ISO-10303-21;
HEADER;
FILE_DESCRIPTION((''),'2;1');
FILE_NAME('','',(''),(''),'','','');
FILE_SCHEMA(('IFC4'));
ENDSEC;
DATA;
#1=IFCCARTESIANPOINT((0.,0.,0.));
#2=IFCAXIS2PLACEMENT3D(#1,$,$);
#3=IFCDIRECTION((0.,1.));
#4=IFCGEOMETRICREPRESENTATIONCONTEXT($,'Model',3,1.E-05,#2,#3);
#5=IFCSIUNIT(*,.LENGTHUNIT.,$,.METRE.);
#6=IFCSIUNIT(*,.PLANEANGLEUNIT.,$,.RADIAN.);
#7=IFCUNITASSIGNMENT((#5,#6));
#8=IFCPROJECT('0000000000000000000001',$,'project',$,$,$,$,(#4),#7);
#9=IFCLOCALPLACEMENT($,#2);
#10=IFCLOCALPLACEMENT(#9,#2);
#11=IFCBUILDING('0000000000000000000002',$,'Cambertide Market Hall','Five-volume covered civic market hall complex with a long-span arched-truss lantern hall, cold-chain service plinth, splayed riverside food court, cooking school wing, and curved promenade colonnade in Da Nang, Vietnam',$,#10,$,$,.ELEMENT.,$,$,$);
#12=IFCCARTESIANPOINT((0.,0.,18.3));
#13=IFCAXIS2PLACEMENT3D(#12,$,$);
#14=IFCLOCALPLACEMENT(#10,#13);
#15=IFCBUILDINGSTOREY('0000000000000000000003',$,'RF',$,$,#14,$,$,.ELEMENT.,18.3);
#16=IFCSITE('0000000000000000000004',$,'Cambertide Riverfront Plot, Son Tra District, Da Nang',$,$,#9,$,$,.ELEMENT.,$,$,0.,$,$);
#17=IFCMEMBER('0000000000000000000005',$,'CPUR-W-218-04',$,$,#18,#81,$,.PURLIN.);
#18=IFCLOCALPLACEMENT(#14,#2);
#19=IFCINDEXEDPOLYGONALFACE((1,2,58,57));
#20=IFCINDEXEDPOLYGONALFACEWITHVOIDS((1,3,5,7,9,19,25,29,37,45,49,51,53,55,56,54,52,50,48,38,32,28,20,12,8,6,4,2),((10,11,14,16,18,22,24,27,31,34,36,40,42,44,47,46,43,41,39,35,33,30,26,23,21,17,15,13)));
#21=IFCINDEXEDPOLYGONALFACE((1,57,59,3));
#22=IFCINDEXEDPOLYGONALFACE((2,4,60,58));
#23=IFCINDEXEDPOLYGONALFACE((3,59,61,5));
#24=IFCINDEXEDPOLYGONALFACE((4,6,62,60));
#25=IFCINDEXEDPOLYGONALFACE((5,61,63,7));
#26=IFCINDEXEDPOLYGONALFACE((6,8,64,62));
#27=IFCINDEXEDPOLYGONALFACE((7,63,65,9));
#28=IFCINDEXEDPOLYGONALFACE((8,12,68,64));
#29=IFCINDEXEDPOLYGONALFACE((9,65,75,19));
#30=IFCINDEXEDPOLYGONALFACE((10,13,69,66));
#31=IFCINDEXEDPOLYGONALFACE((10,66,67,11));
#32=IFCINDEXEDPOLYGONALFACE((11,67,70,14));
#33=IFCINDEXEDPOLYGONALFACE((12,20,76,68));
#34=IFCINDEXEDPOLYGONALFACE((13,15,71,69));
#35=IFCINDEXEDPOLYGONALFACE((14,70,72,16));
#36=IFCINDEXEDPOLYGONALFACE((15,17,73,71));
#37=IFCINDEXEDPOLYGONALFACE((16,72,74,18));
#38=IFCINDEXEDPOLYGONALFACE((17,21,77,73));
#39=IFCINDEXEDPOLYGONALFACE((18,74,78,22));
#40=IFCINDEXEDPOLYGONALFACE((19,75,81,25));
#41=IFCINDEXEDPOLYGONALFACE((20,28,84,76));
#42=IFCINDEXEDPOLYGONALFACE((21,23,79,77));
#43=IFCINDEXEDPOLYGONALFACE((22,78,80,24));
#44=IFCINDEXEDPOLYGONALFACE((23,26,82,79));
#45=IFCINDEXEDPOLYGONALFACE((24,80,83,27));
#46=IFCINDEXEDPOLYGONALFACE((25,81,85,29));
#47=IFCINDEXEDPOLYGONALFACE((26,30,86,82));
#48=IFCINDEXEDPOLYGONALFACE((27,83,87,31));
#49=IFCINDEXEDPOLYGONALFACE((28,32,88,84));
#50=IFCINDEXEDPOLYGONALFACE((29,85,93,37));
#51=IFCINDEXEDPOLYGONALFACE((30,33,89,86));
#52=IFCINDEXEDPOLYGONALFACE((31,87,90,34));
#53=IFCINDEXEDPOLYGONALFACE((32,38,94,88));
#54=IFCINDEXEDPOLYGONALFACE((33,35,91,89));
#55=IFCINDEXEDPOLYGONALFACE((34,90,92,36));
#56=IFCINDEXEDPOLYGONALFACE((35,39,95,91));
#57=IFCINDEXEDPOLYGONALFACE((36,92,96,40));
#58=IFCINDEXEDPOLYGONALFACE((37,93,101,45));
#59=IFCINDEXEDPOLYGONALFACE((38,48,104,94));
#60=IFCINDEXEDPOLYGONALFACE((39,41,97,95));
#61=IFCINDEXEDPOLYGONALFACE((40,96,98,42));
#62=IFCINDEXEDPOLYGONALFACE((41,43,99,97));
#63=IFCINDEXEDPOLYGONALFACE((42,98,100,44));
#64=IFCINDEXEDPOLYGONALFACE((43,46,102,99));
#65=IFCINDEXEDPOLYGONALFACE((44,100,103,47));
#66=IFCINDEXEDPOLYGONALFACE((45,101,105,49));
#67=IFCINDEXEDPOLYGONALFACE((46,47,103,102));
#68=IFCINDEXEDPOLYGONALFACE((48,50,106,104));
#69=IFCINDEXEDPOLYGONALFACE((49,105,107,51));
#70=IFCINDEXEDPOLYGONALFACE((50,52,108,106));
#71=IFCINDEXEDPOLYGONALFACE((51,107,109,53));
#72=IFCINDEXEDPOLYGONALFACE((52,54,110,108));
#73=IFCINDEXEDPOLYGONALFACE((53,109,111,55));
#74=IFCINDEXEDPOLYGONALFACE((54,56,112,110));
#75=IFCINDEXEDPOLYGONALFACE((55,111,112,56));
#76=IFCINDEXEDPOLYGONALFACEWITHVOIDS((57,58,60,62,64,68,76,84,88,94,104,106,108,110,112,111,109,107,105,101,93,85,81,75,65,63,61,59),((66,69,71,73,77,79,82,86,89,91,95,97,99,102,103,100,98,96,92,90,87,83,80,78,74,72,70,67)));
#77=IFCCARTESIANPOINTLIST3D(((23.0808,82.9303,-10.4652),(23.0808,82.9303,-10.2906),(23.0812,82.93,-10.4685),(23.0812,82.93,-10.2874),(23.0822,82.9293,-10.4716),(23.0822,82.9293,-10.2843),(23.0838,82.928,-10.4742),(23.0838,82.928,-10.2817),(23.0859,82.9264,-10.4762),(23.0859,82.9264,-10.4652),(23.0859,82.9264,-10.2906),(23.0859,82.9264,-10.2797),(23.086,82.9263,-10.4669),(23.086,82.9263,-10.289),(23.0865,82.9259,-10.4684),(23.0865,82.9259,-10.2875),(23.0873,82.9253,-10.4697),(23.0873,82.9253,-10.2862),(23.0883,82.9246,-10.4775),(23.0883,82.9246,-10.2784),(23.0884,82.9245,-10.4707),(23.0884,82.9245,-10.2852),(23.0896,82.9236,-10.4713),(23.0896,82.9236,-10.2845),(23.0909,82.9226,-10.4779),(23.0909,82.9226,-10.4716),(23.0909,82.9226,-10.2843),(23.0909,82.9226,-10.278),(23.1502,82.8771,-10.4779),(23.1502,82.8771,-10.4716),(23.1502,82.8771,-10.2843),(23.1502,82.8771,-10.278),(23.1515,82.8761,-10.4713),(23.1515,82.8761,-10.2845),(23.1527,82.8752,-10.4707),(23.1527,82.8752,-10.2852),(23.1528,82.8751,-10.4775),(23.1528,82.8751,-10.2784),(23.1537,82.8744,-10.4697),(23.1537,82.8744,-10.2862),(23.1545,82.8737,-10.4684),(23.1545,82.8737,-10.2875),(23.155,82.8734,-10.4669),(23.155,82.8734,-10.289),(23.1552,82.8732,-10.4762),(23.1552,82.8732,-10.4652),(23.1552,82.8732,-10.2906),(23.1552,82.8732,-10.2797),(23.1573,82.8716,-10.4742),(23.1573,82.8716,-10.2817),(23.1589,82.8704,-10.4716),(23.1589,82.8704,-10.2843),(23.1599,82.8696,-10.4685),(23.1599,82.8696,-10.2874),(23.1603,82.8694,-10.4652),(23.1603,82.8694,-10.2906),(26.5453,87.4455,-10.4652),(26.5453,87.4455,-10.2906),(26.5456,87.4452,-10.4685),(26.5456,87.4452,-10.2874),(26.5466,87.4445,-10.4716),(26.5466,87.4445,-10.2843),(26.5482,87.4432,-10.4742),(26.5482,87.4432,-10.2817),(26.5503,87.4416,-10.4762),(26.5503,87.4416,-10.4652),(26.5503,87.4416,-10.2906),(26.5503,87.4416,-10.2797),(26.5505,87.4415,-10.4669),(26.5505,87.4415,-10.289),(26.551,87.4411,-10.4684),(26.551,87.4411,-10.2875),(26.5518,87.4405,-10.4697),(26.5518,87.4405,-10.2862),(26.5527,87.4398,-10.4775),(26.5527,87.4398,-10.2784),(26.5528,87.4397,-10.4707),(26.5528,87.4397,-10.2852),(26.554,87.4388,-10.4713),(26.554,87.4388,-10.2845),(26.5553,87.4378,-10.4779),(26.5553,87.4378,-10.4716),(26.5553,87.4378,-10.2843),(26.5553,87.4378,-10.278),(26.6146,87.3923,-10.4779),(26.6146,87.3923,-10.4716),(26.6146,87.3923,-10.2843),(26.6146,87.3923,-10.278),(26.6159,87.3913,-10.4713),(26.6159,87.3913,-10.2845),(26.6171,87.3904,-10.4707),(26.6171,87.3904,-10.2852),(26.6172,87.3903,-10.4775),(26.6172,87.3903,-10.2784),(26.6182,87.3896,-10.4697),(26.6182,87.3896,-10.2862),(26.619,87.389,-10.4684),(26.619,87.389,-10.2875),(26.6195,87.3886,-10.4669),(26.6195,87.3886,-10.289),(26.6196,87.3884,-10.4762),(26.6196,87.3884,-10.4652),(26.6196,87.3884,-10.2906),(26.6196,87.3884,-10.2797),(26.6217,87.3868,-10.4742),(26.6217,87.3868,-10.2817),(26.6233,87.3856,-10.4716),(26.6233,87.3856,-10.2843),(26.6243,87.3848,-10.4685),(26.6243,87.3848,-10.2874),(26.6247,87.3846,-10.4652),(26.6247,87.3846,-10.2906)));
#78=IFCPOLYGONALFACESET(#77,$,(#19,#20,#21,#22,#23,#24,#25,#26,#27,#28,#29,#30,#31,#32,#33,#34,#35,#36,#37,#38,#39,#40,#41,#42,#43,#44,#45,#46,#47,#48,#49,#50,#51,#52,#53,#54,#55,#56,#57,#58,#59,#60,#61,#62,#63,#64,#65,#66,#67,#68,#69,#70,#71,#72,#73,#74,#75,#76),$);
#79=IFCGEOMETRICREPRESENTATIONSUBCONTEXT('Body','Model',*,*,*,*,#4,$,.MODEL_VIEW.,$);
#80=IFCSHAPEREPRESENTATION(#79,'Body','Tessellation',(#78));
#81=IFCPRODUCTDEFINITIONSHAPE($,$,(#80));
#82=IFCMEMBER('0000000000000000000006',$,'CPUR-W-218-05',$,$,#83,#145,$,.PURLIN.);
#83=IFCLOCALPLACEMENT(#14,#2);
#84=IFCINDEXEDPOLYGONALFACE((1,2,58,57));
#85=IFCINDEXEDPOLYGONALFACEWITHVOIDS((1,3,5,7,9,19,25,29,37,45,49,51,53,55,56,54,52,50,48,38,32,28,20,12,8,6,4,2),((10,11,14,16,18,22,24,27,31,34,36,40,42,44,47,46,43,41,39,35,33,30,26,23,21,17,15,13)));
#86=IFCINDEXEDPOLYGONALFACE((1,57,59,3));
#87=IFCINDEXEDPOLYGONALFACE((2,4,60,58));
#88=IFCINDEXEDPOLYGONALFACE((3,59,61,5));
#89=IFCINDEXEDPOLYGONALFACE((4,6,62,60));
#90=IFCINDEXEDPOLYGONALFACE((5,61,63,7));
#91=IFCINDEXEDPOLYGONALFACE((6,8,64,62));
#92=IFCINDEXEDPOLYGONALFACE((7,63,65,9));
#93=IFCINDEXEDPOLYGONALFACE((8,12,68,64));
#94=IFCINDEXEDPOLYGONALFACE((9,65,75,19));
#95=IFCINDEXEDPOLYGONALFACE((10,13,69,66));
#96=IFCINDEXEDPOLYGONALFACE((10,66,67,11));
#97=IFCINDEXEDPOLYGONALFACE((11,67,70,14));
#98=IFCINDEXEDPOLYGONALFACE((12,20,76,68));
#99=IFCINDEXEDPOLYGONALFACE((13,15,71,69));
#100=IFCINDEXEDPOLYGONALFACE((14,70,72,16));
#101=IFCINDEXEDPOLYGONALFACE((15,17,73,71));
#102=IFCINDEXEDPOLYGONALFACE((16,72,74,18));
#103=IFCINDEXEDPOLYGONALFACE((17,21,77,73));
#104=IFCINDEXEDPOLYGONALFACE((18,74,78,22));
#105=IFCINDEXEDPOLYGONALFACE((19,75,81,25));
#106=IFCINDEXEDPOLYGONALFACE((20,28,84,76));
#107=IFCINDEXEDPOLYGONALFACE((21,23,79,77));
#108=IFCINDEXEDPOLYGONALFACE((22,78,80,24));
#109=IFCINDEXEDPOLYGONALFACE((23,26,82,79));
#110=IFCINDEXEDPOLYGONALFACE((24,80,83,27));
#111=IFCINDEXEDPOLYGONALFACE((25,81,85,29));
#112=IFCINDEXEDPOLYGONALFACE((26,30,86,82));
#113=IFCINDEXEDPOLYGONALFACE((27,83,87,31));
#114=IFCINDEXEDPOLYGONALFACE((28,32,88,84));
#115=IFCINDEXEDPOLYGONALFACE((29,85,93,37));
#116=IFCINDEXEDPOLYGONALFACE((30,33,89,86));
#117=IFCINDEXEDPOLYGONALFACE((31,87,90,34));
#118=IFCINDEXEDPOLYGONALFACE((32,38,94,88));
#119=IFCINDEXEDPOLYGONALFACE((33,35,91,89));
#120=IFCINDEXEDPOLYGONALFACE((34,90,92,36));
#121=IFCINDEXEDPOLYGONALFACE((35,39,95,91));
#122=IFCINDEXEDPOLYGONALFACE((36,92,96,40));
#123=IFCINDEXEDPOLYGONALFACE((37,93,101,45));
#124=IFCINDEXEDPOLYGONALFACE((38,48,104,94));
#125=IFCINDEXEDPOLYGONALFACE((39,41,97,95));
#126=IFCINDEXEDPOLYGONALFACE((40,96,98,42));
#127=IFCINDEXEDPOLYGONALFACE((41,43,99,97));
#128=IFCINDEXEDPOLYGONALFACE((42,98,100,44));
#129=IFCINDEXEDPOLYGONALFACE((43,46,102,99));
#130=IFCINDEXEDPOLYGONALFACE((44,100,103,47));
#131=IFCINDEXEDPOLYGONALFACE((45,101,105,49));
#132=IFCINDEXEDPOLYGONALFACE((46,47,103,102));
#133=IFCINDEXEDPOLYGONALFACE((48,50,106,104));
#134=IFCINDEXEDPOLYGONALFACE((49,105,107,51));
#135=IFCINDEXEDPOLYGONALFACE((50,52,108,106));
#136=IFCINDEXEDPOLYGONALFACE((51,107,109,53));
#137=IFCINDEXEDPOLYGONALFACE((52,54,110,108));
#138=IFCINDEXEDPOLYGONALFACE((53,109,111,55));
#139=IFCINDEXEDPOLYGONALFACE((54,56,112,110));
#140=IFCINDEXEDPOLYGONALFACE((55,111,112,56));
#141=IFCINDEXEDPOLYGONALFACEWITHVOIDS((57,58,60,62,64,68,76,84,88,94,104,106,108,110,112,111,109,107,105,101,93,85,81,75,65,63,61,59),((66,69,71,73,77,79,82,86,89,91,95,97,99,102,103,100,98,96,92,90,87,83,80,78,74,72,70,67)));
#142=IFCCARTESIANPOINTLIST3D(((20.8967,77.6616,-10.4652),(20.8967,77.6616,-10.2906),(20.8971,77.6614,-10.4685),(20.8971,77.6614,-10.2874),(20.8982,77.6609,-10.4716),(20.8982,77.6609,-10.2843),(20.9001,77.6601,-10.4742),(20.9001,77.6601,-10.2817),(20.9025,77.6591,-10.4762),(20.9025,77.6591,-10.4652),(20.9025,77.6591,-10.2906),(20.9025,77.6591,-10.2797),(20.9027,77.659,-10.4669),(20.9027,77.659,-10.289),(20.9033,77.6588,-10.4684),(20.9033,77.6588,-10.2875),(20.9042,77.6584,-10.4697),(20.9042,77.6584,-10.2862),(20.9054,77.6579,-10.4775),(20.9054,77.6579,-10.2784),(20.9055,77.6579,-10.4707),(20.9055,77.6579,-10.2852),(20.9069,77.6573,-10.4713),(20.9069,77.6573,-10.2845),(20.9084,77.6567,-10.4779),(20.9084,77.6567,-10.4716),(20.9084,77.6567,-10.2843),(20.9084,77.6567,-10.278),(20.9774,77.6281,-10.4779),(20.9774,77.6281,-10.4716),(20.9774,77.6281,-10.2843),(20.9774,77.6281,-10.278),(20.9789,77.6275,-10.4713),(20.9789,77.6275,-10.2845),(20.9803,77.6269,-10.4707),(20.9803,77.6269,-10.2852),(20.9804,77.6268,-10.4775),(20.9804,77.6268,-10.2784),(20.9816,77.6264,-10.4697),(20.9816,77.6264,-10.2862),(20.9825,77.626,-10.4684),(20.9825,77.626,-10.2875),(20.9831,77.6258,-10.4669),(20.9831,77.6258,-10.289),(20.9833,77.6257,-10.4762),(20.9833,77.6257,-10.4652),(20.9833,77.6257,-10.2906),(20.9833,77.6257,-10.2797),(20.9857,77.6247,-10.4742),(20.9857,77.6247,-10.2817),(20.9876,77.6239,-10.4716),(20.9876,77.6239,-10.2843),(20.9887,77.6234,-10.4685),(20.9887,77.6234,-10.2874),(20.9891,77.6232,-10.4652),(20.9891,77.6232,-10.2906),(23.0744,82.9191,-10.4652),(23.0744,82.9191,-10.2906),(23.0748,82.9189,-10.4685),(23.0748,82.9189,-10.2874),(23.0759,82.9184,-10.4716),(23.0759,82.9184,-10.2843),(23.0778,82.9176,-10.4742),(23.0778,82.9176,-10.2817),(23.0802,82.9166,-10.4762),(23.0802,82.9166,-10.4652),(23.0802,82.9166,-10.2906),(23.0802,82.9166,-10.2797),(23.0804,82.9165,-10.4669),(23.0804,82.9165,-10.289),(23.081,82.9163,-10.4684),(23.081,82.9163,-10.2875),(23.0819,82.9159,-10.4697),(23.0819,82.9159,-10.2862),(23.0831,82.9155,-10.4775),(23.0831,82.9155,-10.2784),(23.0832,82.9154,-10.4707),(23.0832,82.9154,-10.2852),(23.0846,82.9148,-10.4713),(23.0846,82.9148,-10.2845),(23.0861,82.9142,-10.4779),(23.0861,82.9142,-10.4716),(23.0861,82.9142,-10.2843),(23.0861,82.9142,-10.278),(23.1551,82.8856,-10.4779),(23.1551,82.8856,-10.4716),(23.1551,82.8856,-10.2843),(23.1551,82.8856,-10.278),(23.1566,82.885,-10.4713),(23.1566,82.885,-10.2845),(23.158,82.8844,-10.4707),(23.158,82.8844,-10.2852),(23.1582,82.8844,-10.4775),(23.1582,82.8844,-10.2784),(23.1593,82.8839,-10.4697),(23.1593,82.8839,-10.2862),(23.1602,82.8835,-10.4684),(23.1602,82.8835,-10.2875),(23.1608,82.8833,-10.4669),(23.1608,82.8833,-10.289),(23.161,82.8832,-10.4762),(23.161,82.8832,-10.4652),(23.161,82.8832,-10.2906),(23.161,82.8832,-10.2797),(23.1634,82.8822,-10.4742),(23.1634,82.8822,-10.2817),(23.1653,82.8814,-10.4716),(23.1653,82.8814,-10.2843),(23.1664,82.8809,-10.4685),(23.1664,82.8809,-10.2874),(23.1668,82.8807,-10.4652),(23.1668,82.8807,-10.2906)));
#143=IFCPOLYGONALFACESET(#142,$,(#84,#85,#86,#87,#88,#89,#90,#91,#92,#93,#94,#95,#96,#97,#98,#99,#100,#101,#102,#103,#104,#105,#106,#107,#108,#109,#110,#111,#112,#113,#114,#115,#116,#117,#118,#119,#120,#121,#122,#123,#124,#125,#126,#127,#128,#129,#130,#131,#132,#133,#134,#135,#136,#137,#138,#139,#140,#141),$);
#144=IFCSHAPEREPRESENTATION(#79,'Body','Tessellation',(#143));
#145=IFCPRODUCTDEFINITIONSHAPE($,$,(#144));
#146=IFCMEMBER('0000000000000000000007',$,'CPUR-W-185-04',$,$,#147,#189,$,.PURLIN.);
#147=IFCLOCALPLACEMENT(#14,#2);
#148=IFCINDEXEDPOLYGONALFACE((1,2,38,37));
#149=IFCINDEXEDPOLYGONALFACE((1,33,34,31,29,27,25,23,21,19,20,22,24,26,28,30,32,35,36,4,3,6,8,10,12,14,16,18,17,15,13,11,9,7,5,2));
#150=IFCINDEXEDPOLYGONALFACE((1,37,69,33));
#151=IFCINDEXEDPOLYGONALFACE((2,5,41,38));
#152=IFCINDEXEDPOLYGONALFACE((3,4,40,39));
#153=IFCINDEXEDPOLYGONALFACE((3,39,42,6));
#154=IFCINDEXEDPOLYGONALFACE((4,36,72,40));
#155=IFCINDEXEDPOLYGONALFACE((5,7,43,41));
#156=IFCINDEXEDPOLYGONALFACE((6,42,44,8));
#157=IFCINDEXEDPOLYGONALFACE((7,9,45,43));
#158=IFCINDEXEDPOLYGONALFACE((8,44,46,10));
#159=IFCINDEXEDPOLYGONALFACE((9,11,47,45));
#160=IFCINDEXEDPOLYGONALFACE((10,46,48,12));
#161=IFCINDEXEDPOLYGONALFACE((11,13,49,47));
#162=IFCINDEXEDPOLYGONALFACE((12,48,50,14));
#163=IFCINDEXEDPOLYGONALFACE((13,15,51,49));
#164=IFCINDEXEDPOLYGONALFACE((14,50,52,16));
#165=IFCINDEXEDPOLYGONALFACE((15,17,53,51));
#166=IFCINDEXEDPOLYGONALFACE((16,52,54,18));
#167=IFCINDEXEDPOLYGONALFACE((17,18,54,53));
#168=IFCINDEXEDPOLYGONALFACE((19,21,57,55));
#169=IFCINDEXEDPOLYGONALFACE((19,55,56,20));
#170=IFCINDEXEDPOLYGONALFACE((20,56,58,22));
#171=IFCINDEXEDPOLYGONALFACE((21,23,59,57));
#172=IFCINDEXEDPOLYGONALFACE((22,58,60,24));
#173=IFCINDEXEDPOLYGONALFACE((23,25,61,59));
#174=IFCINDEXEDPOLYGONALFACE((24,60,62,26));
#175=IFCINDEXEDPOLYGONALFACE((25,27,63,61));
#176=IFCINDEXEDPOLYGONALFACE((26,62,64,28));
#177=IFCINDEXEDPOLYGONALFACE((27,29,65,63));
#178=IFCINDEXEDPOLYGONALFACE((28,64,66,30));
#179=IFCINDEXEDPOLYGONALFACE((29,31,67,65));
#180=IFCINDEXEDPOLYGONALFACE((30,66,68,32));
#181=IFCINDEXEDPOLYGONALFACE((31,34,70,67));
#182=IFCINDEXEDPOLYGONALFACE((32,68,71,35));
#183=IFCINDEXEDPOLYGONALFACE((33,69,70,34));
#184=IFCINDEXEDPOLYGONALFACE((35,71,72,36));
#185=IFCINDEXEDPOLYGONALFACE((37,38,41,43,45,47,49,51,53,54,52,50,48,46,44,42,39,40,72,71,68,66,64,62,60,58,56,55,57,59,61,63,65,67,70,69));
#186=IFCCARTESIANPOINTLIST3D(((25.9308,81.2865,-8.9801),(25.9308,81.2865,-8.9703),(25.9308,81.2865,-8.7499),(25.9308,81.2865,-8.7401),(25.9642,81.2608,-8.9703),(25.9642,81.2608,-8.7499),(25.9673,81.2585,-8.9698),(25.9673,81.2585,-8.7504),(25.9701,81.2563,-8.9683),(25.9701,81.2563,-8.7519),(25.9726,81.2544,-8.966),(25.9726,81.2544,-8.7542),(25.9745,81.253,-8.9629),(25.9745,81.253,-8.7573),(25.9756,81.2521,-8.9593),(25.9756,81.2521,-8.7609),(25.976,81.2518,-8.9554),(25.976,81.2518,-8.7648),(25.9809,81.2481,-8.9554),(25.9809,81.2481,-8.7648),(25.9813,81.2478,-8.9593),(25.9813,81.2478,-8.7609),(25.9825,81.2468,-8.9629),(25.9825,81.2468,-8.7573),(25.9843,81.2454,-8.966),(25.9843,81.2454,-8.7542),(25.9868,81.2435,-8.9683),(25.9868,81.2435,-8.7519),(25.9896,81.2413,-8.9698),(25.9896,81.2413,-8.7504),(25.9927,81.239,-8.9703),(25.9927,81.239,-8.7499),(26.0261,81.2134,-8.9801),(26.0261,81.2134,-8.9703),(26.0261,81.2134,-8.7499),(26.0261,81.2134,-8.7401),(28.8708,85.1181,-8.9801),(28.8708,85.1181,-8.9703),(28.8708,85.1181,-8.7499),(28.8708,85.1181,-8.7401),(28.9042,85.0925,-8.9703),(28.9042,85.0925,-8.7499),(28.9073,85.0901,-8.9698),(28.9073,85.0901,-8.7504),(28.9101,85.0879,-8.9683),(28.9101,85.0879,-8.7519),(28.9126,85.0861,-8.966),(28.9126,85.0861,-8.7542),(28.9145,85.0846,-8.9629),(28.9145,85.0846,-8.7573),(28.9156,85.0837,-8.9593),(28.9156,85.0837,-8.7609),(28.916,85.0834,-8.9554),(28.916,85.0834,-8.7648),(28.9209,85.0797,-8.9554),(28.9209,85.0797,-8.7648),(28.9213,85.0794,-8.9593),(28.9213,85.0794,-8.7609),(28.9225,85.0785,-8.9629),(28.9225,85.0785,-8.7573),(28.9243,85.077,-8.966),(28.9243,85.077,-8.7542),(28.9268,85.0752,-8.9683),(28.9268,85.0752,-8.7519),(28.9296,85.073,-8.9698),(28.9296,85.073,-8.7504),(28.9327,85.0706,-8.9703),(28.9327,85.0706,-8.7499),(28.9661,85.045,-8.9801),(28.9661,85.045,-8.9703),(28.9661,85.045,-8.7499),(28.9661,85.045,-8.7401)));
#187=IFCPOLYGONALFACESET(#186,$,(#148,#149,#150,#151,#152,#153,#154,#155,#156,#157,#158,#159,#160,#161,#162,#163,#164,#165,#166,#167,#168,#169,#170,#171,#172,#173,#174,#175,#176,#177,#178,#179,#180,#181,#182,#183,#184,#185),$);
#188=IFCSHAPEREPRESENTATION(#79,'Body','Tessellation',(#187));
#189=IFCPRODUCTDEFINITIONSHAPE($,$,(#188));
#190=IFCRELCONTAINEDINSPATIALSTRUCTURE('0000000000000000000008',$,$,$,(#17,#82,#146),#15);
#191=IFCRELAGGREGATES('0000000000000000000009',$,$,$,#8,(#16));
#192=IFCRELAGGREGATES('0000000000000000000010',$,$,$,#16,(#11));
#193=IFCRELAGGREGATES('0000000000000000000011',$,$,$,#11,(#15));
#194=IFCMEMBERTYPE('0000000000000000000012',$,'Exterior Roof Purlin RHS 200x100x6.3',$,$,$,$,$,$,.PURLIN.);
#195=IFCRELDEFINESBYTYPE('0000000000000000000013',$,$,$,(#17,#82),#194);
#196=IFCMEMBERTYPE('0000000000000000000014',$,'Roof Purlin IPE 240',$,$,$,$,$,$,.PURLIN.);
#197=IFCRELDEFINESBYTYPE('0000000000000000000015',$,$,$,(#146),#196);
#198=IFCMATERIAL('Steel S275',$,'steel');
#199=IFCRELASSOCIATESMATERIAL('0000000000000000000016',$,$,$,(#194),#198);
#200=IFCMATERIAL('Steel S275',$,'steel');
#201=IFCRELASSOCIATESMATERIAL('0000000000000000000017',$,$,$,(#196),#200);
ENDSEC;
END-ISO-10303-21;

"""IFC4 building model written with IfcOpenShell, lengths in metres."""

from ifc_helpers import new_model, si_unit, direction, frame, origin, origin_2d, place, context, subcontext, project, spatial, hollow_rectangle, i_section, extrude, material, material_profile, profile_set, type_object, element, save


model = new_model("IFC4")

# Units and contexts
model_context = context("Model", 3, precision=1e-05, world=origin(), true_north=direction((0.0, 1.0)))
body_context = subcontext(model_context, "Body", "Model", "MODEL_VIEW")
ifc_project = project(units=[si_unit("LENGTHUNIT", "METRE"), si_unit("PLANEANGLEUNIT", "RADIAN")], contexts=[model_context])

# Site, building, storey
site_placement = place(None, origin())
site = spatial("IfcSite", under=ifc_project, at=site_placement, Name="Cambertide Riverfront Plot, Son Tra District, Da Nang", CompositionType="ELEMENT", RefElevation=0.0)
building_placement = place(site_placement, origin())
building = spatial("IfcBuilding", under=site, at=building_placement, Name="Cambertide Market Hall", Description="Five-volume covered civic market hall complex with a long-span arched-truss lantern hall, cold-chain service plinth, splayed riverside food court, cooking school wing, and curved promenade colonnade in Da Nang, Vietnam", CompositionType="ELEMENT")
storey_placement = place(building_placement, frame((0.0, 0.0, 18.3)))
storey = spatial("IfcBuildingStorey", under=building, at=storey_placement, Name="RF", CompositionType="ELEMENT", Elevation=18.3)

# Members
ifc_material_1 = material(Name="Steel S275", Category="steel")
ifc_material_profile_1 = material_profile(ifc_material_1, hollow_rectangle(XDim=0.1001, YDim=0.2, WallThickness=0.0063, InnerFilletRadius=0.0063, OuterFilletRadius=0.0127, at=origin_2d()), Name="RHS 200x100x6.3")
ifc_profile_set_1 = profile_set([ifc_material_profile_1], Name="Steel S275")
member_type_1 = type_object("IfcMemberType", Name="Exterior Roof Purlin RHS 200x100x6.3", PredefinedType="PURLIN", material=ifc_profile_set_1)
member_1_placement = place(storey_placement, frame((26.585, 87.415, -10.3779), z_axis=(-0.608736, -0.793373, 0.0), x_axis=(0.793373, -0.608736, 0.0)))
element("IfcMember", 1, at=member_1_placement, inside=storey, type_object=member_type_1, Name="CPUR-W-218-04", PredefinedType="PURLIN", context=body_context, shape_type="SweptSolid", body=[
    extrude(hollow_rectangle(XDim=0.1001, YDim=0.2, WallThickness=0.0063, InnerFilletRadius=0.0063, OuterFilletRadius=0.0127, at=origin_2d()), origin(), (0.0, 0.0, 1.0), 5.6912),
])
member_2_placement = place(storey_placement, frame((23.1206, 82.8999, -10.3779), z_axis=(-0.38268, -0.923881, 0.0), x_axis=(0.923881, -0.38268, 0.0)))
element("IfcMember", 2, at=member_2_placement, inside=storey, type_object=member_type_1, Name="CPUR-W-218-05", PredefinedType="PURLIN", context=body_context, shape_type="SweptSolid", body=[
    extrude(hollow_rectangle(XDim=0.1001, YDim=0.2, WallThickness=0.0063, InnerFilletRadius=0.0063, OuterFilletRadius=0.0127, at=origin_2d()), origin(), (0.0, 0.0, 1.0), 5.6907),
])
ifc_material_2 = material(Name="Steel S275", Category="steel")
ifc_material_profile_2 = material_profile(ifc_material_2, i_section(OverallWidth=0.1201, OverallDepth=0.24, WebThickness=0.0061, FlangeThickness=0.0098, FilletRadius=0.0149, at=origin_2d()), Name="IPE 240")
ifc_profile_set_2 = profile_set([ifc_material_profile_2], Name="Steel S275")
member_type_2 = type_object("IfcMemberType", Name="Roof Purlin IPE 240", PredefinedType="PURLIN", material=ifc_profile_set_2)
member_3_placement = place(storey_placement, frame((28.9185, 85.0815, -8.8601), z_axis=(-0.608748, -0.793364, 0.0), x_axis=(0.793364, -0.608748, 0.0)))
element("IfcMember", 3, at=member_3_placement, inside=storey, type_object=member_type_2, Name="CPUR-W-185-04", PredefinedType="PURLIN", context=body_context, shape_type="SweptSolid", body=[
    extrude(i_section(OverallWidth=0.1201, OverallDepth=0.24, WebThickness=0.0061, FlangeThickness=0.0098, FilletRadius=0.0149, at=origin_2d()), origin(), (0.0, 0.0, 1.0), 4.8296),
])

save(model, "model.ifc")
